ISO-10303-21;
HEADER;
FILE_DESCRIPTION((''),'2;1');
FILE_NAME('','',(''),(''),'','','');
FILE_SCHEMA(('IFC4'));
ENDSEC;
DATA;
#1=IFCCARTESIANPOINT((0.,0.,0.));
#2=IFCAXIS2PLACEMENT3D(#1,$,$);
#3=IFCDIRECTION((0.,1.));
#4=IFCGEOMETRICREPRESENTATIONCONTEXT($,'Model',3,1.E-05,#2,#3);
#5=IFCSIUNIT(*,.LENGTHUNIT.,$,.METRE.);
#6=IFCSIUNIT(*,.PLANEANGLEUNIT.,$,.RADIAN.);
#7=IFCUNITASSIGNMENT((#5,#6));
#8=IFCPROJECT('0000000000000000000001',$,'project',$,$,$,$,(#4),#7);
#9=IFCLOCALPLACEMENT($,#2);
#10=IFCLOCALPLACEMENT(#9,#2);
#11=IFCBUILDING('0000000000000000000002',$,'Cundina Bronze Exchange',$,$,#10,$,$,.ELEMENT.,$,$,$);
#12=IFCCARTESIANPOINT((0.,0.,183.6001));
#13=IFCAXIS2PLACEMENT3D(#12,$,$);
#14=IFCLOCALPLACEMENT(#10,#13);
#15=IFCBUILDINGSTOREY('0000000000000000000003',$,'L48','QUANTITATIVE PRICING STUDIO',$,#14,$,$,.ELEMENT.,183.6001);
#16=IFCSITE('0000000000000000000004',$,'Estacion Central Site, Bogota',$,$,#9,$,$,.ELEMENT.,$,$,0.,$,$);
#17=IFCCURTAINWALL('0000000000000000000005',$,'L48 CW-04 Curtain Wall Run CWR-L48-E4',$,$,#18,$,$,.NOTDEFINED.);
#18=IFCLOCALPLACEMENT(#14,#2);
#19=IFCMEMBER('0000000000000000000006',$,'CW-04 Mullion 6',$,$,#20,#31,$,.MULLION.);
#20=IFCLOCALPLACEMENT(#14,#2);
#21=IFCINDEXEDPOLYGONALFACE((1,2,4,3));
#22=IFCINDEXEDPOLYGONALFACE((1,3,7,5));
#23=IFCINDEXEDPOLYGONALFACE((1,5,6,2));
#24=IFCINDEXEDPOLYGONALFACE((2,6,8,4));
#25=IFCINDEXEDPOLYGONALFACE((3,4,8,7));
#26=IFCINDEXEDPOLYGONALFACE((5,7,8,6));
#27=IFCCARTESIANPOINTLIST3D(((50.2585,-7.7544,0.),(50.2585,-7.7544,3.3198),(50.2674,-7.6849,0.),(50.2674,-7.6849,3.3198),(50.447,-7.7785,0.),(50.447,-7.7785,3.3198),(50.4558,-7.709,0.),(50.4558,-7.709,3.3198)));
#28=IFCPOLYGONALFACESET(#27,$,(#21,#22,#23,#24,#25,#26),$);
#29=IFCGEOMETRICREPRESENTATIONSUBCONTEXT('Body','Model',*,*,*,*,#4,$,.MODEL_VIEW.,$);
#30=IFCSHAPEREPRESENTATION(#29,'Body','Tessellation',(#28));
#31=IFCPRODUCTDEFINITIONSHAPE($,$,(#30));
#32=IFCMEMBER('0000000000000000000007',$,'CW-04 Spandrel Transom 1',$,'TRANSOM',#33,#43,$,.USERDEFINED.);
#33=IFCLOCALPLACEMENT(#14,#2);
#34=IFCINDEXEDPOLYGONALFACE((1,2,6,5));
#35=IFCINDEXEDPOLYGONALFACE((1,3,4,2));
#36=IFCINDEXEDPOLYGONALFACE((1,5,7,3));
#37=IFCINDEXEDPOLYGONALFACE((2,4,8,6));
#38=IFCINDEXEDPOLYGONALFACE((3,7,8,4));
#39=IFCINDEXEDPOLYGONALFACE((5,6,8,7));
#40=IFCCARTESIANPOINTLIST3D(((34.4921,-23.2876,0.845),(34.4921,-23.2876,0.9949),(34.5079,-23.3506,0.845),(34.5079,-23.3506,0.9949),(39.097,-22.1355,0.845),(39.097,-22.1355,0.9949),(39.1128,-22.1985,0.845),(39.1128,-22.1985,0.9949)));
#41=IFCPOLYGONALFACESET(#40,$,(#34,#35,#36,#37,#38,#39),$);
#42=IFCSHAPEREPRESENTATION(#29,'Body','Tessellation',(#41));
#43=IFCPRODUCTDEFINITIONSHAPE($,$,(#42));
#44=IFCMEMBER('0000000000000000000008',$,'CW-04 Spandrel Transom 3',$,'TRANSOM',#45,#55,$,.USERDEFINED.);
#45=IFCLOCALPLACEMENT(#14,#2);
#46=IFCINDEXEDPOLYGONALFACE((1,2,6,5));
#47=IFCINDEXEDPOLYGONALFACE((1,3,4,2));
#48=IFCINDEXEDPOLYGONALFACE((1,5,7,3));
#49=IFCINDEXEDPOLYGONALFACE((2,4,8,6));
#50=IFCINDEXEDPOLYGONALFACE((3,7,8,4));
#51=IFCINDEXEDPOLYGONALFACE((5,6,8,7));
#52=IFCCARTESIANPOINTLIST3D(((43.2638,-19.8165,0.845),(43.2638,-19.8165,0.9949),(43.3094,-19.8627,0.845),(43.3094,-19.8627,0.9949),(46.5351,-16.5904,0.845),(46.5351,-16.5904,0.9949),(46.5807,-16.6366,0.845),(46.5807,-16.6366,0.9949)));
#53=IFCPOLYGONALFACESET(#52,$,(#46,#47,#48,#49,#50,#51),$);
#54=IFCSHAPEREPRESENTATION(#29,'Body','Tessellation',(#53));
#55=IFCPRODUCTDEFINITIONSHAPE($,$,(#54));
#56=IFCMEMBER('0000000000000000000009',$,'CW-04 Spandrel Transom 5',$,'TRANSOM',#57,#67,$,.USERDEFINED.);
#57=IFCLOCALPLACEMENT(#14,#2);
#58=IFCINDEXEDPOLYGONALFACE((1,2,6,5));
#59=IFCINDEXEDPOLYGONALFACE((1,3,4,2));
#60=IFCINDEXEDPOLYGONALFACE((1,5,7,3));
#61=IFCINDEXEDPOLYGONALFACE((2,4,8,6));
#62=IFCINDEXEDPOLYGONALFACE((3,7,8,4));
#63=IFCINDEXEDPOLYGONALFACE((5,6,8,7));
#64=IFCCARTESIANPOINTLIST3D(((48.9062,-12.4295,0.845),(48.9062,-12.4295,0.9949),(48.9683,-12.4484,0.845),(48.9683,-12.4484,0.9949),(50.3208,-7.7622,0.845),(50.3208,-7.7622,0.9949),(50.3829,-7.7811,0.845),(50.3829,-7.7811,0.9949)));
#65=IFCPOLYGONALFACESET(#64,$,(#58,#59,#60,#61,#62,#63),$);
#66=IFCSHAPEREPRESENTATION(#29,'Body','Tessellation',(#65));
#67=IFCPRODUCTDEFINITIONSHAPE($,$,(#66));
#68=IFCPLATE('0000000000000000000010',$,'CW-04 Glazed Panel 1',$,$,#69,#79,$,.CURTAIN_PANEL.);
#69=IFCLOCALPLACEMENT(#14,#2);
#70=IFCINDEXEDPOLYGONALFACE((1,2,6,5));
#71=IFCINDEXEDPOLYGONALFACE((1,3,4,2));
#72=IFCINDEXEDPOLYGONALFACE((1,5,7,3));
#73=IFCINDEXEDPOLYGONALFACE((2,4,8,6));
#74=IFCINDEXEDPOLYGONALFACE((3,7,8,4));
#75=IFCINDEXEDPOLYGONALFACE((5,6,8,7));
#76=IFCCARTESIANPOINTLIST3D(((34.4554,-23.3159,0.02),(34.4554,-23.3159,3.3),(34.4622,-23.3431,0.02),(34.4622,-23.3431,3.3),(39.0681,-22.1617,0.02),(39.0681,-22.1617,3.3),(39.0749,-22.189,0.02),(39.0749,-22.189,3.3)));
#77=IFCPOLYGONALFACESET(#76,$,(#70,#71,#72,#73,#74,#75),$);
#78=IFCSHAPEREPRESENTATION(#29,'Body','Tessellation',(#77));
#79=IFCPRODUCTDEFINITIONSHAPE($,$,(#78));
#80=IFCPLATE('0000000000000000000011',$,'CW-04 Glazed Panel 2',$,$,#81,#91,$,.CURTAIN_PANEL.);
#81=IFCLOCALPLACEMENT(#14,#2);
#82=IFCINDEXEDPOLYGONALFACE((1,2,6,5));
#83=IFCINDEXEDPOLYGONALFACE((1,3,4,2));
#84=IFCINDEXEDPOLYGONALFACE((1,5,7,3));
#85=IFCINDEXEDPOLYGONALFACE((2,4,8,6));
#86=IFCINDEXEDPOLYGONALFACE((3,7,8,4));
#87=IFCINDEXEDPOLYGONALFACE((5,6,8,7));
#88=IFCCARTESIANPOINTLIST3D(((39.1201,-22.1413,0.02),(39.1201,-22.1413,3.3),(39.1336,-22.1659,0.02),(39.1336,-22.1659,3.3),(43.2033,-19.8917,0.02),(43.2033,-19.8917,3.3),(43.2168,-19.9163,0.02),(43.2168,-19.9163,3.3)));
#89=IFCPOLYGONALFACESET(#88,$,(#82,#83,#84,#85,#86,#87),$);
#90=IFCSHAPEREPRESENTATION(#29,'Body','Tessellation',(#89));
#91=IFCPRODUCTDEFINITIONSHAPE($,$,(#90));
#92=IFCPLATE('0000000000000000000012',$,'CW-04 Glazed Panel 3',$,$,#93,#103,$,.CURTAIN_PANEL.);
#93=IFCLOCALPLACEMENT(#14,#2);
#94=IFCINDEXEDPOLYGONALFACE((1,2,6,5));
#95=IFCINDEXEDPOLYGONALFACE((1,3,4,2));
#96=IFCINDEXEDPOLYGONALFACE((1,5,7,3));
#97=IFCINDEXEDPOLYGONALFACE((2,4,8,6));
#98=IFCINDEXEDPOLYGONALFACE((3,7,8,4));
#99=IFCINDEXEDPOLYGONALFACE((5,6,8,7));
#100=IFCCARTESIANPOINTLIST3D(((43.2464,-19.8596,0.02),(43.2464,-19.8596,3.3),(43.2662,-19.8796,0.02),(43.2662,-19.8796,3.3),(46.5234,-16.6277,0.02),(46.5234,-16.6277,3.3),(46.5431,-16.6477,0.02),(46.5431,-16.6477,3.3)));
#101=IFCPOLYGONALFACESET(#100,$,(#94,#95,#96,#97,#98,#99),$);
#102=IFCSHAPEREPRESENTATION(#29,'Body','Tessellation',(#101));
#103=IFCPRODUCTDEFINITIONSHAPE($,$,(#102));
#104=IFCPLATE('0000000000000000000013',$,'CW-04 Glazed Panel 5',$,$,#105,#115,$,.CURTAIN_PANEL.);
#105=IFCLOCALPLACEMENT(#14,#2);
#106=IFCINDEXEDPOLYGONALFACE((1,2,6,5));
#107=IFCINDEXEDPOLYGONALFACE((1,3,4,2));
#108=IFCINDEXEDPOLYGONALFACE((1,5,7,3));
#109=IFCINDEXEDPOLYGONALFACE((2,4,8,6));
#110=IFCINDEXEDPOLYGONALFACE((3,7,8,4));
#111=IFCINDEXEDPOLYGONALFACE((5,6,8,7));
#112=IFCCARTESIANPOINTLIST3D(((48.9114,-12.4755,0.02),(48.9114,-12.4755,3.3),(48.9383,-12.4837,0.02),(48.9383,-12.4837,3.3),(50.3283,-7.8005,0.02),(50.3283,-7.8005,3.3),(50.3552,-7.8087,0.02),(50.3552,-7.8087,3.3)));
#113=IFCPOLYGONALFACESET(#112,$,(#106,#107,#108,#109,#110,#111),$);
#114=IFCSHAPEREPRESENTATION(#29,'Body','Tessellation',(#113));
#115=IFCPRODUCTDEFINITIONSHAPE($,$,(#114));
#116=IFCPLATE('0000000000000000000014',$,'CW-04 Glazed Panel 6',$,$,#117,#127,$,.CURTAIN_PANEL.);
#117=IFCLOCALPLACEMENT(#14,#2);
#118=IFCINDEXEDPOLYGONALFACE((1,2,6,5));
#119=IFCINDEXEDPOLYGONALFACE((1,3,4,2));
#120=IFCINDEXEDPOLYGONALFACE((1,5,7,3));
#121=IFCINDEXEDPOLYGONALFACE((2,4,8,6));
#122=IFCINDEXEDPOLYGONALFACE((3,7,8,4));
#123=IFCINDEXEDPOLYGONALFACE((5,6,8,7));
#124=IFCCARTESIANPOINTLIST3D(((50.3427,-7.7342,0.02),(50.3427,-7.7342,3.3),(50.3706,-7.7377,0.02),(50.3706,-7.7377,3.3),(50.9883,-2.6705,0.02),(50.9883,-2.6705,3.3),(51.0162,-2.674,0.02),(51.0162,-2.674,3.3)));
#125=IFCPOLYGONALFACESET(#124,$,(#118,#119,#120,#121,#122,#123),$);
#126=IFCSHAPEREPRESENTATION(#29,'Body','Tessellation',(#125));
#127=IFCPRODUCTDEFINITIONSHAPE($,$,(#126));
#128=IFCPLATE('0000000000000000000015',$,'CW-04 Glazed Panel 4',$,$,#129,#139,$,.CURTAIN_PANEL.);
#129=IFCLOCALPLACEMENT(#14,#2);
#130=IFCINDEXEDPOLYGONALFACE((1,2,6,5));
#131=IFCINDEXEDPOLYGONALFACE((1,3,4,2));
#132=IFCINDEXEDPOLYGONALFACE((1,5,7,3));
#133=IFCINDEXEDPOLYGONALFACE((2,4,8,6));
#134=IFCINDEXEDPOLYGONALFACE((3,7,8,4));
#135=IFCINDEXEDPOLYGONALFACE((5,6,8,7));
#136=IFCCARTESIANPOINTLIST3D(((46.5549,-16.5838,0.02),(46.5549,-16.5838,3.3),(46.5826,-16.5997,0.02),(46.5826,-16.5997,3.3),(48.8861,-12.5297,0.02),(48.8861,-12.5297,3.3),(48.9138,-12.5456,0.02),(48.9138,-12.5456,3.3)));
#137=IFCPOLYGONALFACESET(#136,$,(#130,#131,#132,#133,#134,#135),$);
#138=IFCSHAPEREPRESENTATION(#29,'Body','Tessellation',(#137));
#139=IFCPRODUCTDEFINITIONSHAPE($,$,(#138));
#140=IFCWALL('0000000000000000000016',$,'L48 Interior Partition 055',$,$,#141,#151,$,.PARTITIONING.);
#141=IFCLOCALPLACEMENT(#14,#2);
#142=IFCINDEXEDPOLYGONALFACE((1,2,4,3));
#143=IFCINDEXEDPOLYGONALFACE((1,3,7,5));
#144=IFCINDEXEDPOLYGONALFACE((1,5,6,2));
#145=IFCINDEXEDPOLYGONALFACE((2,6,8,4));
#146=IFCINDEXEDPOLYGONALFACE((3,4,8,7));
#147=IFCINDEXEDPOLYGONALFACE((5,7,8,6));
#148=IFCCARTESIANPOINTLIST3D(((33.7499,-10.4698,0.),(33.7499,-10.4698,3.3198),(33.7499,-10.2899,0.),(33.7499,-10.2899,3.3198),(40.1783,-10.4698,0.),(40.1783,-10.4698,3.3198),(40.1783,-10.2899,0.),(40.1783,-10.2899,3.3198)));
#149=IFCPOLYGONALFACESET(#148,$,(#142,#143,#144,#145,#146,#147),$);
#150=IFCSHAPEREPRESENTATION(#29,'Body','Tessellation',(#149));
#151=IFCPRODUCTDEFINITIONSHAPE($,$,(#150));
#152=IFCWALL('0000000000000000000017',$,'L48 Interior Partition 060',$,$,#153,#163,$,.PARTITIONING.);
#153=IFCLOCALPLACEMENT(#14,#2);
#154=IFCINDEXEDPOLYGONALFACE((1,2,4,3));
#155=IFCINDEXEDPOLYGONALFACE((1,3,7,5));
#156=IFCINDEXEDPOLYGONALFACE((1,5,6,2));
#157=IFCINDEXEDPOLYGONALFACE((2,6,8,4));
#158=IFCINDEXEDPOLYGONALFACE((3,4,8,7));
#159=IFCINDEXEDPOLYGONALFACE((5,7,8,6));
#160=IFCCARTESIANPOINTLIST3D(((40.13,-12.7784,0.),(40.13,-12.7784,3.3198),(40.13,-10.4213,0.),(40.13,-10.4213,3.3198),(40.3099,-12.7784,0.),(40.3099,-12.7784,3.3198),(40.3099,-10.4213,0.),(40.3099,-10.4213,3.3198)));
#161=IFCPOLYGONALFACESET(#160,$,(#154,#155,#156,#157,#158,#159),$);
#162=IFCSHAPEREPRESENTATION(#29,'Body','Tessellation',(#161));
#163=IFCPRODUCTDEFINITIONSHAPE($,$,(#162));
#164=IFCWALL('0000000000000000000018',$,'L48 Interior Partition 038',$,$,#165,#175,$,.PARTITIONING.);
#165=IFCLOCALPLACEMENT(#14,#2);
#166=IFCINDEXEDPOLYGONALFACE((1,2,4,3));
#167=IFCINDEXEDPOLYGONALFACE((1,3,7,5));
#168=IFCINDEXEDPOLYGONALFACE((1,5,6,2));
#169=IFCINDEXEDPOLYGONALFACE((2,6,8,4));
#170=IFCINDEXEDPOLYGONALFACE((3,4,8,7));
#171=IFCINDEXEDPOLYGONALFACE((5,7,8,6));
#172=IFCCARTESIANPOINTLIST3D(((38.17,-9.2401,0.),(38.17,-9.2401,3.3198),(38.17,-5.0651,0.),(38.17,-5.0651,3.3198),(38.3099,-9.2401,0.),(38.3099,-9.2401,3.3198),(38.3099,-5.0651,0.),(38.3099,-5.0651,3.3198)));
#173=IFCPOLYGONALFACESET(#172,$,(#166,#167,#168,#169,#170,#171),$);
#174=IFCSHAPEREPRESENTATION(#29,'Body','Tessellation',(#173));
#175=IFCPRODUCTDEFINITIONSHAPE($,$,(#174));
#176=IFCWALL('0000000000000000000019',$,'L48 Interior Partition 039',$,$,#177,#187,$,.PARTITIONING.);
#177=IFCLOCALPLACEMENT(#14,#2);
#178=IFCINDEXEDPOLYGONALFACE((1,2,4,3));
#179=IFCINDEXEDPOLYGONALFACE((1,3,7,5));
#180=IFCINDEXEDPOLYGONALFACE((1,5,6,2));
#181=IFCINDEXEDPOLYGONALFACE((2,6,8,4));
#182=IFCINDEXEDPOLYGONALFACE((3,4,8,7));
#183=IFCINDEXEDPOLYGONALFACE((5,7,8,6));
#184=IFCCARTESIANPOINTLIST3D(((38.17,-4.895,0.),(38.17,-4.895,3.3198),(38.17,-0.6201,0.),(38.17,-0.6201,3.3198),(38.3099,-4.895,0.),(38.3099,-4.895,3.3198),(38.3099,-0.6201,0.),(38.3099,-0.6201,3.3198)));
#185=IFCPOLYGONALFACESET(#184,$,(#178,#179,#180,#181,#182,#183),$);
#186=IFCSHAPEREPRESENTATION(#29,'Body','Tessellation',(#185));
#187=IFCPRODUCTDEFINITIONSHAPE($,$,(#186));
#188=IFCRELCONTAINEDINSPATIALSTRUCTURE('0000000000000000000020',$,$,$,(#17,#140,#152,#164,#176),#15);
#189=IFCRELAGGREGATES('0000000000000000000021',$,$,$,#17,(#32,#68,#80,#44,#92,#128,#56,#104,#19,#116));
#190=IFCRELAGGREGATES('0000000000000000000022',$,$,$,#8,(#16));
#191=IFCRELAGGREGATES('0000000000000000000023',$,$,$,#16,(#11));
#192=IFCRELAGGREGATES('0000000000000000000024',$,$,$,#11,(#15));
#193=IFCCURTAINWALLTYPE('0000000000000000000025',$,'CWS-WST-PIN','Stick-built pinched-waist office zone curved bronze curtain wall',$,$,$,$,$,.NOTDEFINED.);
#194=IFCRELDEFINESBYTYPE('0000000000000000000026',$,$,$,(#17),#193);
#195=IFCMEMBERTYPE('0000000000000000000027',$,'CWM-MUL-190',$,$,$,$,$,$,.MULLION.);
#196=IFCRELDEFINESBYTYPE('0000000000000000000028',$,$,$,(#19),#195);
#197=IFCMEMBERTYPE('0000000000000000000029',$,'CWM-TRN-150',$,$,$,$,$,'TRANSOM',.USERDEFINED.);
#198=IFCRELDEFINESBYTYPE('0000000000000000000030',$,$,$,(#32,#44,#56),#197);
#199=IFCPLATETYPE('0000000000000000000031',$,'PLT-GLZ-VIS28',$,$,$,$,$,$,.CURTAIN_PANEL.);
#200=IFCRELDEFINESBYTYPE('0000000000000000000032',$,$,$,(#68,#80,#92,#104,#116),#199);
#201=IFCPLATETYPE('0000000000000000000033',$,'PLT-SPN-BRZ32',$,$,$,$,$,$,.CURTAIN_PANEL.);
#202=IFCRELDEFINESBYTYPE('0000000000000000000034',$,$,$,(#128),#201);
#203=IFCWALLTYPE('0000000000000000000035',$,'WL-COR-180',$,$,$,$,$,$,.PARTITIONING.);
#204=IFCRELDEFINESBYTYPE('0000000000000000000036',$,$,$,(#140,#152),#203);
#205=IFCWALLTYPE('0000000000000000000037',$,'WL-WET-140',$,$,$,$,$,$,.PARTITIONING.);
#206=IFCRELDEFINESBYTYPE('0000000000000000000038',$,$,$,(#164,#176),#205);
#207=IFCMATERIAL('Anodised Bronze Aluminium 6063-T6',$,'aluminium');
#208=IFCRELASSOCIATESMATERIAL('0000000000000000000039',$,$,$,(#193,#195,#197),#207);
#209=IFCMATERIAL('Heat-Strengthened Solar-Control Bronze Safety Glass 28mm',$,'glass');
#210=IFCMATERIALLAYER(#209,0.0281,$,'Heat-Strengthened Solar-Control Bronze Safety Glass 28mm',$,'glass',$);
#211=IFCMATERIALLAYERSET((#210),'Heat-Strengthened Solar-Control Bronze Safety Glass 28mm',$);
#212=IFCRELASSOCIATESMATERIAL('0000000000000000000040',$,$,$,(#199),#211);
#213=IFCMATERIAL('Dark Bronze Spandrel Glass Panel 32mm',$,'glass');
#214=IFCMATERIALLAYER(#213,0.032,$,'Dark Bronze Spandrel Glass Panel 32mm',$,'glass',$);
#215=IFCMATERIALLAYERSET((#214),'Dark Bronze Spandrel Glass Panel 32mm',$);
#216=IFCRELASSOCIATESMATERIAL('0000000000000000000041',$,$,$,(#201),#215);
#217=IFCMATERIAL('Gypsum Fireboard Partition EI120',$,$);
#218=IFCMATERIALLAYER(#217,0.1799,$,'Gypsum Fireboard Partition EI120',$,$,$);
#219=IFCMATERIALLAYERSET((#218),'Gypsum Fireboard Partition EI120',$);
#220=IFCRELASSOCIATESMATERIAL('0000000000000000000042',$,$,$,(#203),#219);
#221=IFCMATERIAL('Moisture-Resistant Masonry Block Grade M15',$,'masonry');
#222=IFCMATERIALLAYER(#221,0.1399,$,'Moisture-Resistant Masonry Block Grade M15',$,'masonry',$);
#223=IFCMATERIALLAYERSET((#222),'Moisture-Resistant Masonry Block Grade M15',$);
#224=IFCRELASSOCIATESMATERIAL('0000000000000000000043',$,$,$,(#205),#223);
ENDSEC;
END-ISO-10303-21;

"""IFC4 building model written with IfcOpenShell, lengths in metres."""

from ifc_helpers import new_model, si_unit, direction, frame, frame_2d, origin, origin_2d, place, context, subcontext, project, spatial, rectangle, extrude, material, layer, layer_set, material_profile, profile_set, type_object, element, aggregate, save


model = new_model("IFC4")

# Units and contexts
model_context = context("Model", 3, precision=1e-05, world=origin(), true_north=direction((0.0, 1.0)))
body_context = subcontext(model_context, "Body", "Model", "MODEL_VIEW")
ifc_project = project(units=[si_unit("LENGTHUNIT", "METRE"), si_unit("PLANEANGLEUNIT", "RADIAN")], contexts=[model_context])

# Site, building, storey
site_placement = place(None, origin())
site = spatial("IfcSite", under=ifc_project, at=site_placement, Name="Estacion Central Site, Bogota", CompositionType="ELEMENT", RefElevation=0.0)
building_placement = place(site_placement, origin())
building = spatial("IfcBuilding", under=site, at=building_placement, Name="Cundina Bronze Exchange", CompositionType="ELEMENT")
storey_placement = place(building_placement, frame((0.0, 0.0, 183.6001)))
storey = spatial("IfcBuildingStorey", under=building, at=storey_placement, Name="L48", Description="QUANTITATIVE PRICING STUDIO", CompositionType="ELEMENT", Elevation=183.6001)

# Curtain wall, members, plates
ifc_material_1 = material(Name="Anodised Bronze Aluminium 6063-T6", Category="aluminium")
curtain_wall_type = type_object("IfcCurtainWallType", Name="CWS-WST-PIN", Description="Stick-built pinched-waist office zone curved bronze curtain wall", PredefinedType="NOTDEFINED", material=ifc_material_1)
curtain_wall_placement = place(storey_placement, origin())
curtain_wall = element("IfcCurtainWall", 1, at=curtain_wall_placement, inside=storey, type_object=curtain_wall_type, Name="L48 CW-04 Curtain Wall Run CWR-L48-E4", PredefinedType="NOTDEFINED")
ifc_material_profile_1 = material_profile(ifc_material_1, rectangle(XDim=0.0701, YDim=0.1899, at=origin_2d()), Name="AL70X190", Category="aluminium")
ifc_profile_set_1 = profile_set([ifc_material_profile_1], Name="Anodised Bronze Aluminium 6063-T6")
member_type_1 = type_object("IfcMemberType", Name="CWM-MUL-190", PredefinedType="MULLION", material=ifc_profile_set_1)
member_1_placement = place(storey_placement, frame((50.3572, -7.7317, 0.0), z_axis=(0.0, 0.0, 1.0), x_axis=(0.126545, 0.991961, 0.0)))
member_1 = element("IfcMember", 2, at=member_1_placement, type_object=member_type_1, Name="CW-04 Mullion 6", PredefinedType="MULLION", context=body_context, shape_type="SweptSolid", body=[
    extrude(rectangle(XDim=0.0701, YDim=0.1899, at=origin_2d()), origin(), (0.0, 0.0, 1.0), 3.3198),
])
ifc_material_profile_2 = material_profile(ifc_material_1, rectangle(XDim=0.0649, YDim=0.1499, at=origin_2d()), Name="AL65X150", Category="aluminium")
ifc_profile_set_2 = profile_set([ifc_material_profile_2], Name="Anodised Bronze Aluminium 6063-T6")
member_type_2 = type_object("IfcMemberType", Name="CWM-TRN-150", ElementType="TRANSOM", PredefinedType="USERDEFINED", material=ifc_profile_set_2)
member_2_placement = place(storey_placement, frame((34.5, -23.3191, 0.9199), z_axis=(0.9701, 0.242705, 0.0), x_axis=(-0.242705, 0.9701, 0.0)))
member_2 = element("IfcMember", 3, at=member_2_placement, type_object=member_type_2, Name="CW-04 Spandrel Transom 1", ObjectType="TRANSOM", PredefinedType="USERDEFINED", context=body_context, shape_type="SweptSolid", body=[
    extrude(rectangle(XDim=0.0649, YDim=0.1499, at=origin_2d()), origin(), (0.0, 0.0, 1.0), 4.7468),
])
member_3_placement = place(storey_placement, frame((43.2866, -19.8396, 0.9199), z_axis=(0.712005, 0.702174, 0.0), x_axis=(-0.702174, 0.712005, 0.0)))
member_3 = element("IfcMember", 4, at=member_3_placement, type_object=member_type_2, Name="CW-04 Spandrel Transom 3", ObjectType="TRANSOM", PredefinedType="USERDEFINED", context=body_context, shape_type="SweptSolid", body=[
    extrude(rectangle(XDim=0.0649, YDim=0.1499, at=origin_2d()), origin(), (0.0, 0.0, 1.0), 4.5945),
])
member_4_placement = place(storey_placement, frame((48.9373, -12.439, 0.9199), z_axis=(0.290052, 0.957011, 0.0), x_axis=(-0.957011, 0.290052, 0.0)))
member_4 = element("IfcMember", 5, at=member_4_placement, type_object=member_type_2, Name="CW-04 Spandrel Transom 5", ObjectType="TRANSOM", PredefinedType="USERDEFINED", context=body_context, shape_type="SweptSolid", body=[
    extrude(rectangle(XDim=0.0649, YDim=0.1499, at=origin_2d()), origin(), (0.0, 0.0, 1.0), 4.877),
])
ifc_material_2 = material(Name="Heat-Strengthened Solar-Control Bronze Safety Glass 28mm", Category="glass")
ifc_layer_1 = layer(ifc_material_2, 0.0281, Name="Heat-Strengthened Solar-Control Bronze Safety Glass 28mm", Category="glass")
ifc_layer_set_1 = layer_set([ifc_layer_1], Name="Heat-Strengthened Solar-Control Bronze Safety Glass 28mm")
plate_type_1 = type_object("IfcPlateType", Name="PLT-GLZ-VIS28", PredefinedType="CURTAIN_PANEL", material=ifc_layer_set_1)
plate_1_placement = place(storey_placement, frame((36.7651, -22.7524, 0.02), z_axis=(0.0, 0.0, 1.0), x_axis=(0.970093, 0.242735, 0.0)))
plate_1 = element("IfcPlate", 6, at=plate_1_placement, type_object=plate_type_1, Name="CW-04 Glazed Panel 1", PredefinedType="CURTAIN_PANEL", context=body_context, shape_type="SweptSolid", body=[
    extrude(rectangle(XDim=4.7549, YDim=0.0281, at=origin_2d()), origin(), (0.0, 0.0, 1.0), 3.28),
])
plate_2_placement = place(storey_placement, frame((41.1685, -21.0288, 0.02), z_axis=(0.0, 0.0, 1.0), x_axis=(0.875869, 0.482549, 0.0)))
plate_2 = element("IfcPlate", 7, at=plate_2_placement, type_object=plate_type_1, Name="CW-04 Glazed Panel 2", PredefinedType="CURTAIN_PANEL", context=body_context, shape_type="SweptSolid", body=[
    extrude(rectangle(XDim=4.6619, YDim=0.0281, at=origin_2d()), origin(), (0.0, 0.0, 1.0), 3.28),
])
plate_3_placement = place(storey_placement, frame((44.8948, -18.2537, 0.02), z_axis=(0.0, 0.0, 1.0), x_axis=(0.711989, 0.70219, 0.0)))
plate_3 = element("IfcPlate", 8, at=plate_3_placement, type_object=plate_type_1, Name="CW-04 Glazed Panel 3", PredefinedType="CURTAIN_PANEL", context=body_context, shape_type="SweptSolid", body=[
    extrude(rectangle(XDim=4.6025, YDim=0.0281, at=origin_2d()), origin(), (0.0, 0.0, 1.0), 3.28),
])
plate_4_placement = place(storey_placement, frame((49.6333, -10.1421, 0.02), z_axis=(0.0, 0.0, 1.0), x_axis=(0.290051, 0.957011, 0.0)))
plate_4 = element("IfcPlate", 9, at=plate_4_placement, type_object=plate_type_1, Name="CW-04 Glazed Panel 5", PredefinedType="CURTAIN_PANEL", context=body_context, shape_type="SweptSolid", body=[
    extrude(rectangle(XDim=4.885, YDim=0.0281, at=origin_2d()), origin(), (0.0, 0.0, 1.0), 3.28),
])
plate_5_placement = place(storey_placement, frame((50.6794, -5.2041, 0.02), z_axis=(0.0, 0.0, 1.0), x_axis=(0.126476, 0.99197, 0.0)))
plate_5 = element("IfcPlate", 10, at=plate_5_placement, type_object=plate_type_1, Name="CW-04 Glazed Panel 6", PredefinedType="CURTAIN_PANEL", context=body_context, shape_type="SweptSolid", body=[
    extrude(rectangle(XDim=5.1047, YDim=0.0281, at=origin_2d()), origin(), (0.0, 0.0, 1.0), 3.28),
])
ifc_material_3 = material(Name="Dark Bronze Spandrel Glass Panel 32mm", Category="glass")
ifc_layer_2 = layer(ifc_material_3, 0.032, Name="Dark Bronze Spandrel Glass Panel 32mm", Category="glass")
ifc_layer_set_2 = layer_set([ifc_layer_2], Name="Dark Bronze Spandrel Glass Panel 32mm")
plate_type_2 = type_object("IfcPlateType", Name="PLT-SPN-BRZ32", PredefinedType="CURTAIN_PANEL", material=ifc_layer_set_2)
plate_6_placement = place(storey_placement, frame((47.7344, -14.5647, 0.02), z_axis=(0.0, 0.0, 1.0), x_axis=(0.498488, 0.866897, 0.0)))
plate_6 = element("IfcPlate", 11, at=plate_6_placement, type_object=plate_type_2, Name="CW-04 Glazed Panel 4", PredefinedType="CURTAIN_PANEL", context=body_context, shape_type="SweptSolid", body=[
    extrude(rectangle(XDim=4.6765, YDim=0.032, at=origin_2d()), origin(), (0.0, 0.0, 1.0), 3.28),
])
aggregate(curtain_wall, [member_2, plate_1, plate_2, member_3, plate_3, plate_6, member_4, plate_4, member_1, plate_5])

# Walls
ifc_material_4 = material(Name="Gypsum Fireboard Partition EI120")
ifc_layer_3 = layer(ifc_material_4, 0.1799, Name="Gypsum Fireboard Partition EI120")
ifc_layer_set_3 = layer_set([ifc_layer_3], Name="Gypsum Fireboard Partition EI120")
wall_type_1 = type_object("IfcWallType", Name="WL-COR-180", PredefinedType="PARTITIONING", material=ifc_layer_set_3)
wall_1_placement = place(storey_placement, frame((40.1785, -10.3799, 0.0), z_axis=(0.0, 0.0, 1.0), x_axis=(-1.0, 0.0, 0.0)))
element("IfcWall", 12, at=wall_1_placement, inside=storey, type_object=wall_type_1, Name="L48 Interior Partition 055", PredefinedType="PARTITIONING", context=body_context, shape_type="SweptSolid", body=[
    extrude(rectangle(XDim=6.4285, YDim=0.1799, at=frame_2d((3.2144, 0.0))), origin(), (0.0, 0.0, 1.0), 3.3198),
])
wall_2_placement = place(storey_placement, frame((40.22, -12.7786, 0.0), z_axis=(0.0, 0.0, 1.0), x_axis=(0.0, 1.0, 0.0)))
element("IfcWall", 13, at=wall_2_placement, inside=storey, type_object=wall_type_1, Name="L48 Interior Partition 060", PredefinedType="PARTITIONING", context=body_context, shape_type="SweptSolid", body=[
    extrude(rectangle(XDim=2.3572, YDim=0.1799, at=frame_2d((1.1787, 0.0))), origin(), (0.0, 0.0, 1.0), 3.3198),
])
ifc_material_5 = material(Name="Moisture-Resistant Masonry Block Grade M15", Category="masonry")
ifc_layer_4 = layer(ifc_material_5, 0.1399, Name="Moisture-Resistant Masonry Block Grade M15", Category="masonry")
ifc_layer_set_4 = layer_set([ifc_layer_4], Name="Moisture-Resistant Masonry Block Grade M15")
wall_type_2 = type_object("IfcWallType", Name="WL-WET-140", PredefinedType="PARTITIONING", material=ifc_layer_set_4)
wall_3_placement = place(storey_placement, frame((38.24, -9.24, 0.0), z_axis=(0.0, 0.0, 1.0), x_axis=(0.0, 1.0, 0.0)))
element("IfcWall", 14, at=wall_3_placement, inside=storey, type_object=wall_type_2, Name="L48 Interior Partition 038", PredefinedType="PARTITIONING", context=body_context, shape_type="SweptSolid", body=[
    extrude(rectangle(XDim=4.175, YDim=0.1399, at=frame_2d((2.0874, 0.0))), origin(), (0.0, 0.0, 1.0), 3.3198),
])
wall_4_placement = place(storey_placement, frame((38.24, -4.895, 0.0), z_axis=(0.0, 0.0, 1.0), x_axis=(0.0, 1.0, 0.0)))
element("IfcWall", 15, at=wall_4_placement, inside=storey, type_object=wall_type_2, Name="L48 Interior Partition 039", PredefinedType="PARTITIONING", context=body_context, shape_type="SweptSolid", body=[
    extrude(rectangle(XDim=4.2749, YDim=0.1399, at=frame_2d((2.1375, 0.0))), origin(), (0.0, 0.0, 1.0), 3.3198),
])

save(model, "model.ifc")
